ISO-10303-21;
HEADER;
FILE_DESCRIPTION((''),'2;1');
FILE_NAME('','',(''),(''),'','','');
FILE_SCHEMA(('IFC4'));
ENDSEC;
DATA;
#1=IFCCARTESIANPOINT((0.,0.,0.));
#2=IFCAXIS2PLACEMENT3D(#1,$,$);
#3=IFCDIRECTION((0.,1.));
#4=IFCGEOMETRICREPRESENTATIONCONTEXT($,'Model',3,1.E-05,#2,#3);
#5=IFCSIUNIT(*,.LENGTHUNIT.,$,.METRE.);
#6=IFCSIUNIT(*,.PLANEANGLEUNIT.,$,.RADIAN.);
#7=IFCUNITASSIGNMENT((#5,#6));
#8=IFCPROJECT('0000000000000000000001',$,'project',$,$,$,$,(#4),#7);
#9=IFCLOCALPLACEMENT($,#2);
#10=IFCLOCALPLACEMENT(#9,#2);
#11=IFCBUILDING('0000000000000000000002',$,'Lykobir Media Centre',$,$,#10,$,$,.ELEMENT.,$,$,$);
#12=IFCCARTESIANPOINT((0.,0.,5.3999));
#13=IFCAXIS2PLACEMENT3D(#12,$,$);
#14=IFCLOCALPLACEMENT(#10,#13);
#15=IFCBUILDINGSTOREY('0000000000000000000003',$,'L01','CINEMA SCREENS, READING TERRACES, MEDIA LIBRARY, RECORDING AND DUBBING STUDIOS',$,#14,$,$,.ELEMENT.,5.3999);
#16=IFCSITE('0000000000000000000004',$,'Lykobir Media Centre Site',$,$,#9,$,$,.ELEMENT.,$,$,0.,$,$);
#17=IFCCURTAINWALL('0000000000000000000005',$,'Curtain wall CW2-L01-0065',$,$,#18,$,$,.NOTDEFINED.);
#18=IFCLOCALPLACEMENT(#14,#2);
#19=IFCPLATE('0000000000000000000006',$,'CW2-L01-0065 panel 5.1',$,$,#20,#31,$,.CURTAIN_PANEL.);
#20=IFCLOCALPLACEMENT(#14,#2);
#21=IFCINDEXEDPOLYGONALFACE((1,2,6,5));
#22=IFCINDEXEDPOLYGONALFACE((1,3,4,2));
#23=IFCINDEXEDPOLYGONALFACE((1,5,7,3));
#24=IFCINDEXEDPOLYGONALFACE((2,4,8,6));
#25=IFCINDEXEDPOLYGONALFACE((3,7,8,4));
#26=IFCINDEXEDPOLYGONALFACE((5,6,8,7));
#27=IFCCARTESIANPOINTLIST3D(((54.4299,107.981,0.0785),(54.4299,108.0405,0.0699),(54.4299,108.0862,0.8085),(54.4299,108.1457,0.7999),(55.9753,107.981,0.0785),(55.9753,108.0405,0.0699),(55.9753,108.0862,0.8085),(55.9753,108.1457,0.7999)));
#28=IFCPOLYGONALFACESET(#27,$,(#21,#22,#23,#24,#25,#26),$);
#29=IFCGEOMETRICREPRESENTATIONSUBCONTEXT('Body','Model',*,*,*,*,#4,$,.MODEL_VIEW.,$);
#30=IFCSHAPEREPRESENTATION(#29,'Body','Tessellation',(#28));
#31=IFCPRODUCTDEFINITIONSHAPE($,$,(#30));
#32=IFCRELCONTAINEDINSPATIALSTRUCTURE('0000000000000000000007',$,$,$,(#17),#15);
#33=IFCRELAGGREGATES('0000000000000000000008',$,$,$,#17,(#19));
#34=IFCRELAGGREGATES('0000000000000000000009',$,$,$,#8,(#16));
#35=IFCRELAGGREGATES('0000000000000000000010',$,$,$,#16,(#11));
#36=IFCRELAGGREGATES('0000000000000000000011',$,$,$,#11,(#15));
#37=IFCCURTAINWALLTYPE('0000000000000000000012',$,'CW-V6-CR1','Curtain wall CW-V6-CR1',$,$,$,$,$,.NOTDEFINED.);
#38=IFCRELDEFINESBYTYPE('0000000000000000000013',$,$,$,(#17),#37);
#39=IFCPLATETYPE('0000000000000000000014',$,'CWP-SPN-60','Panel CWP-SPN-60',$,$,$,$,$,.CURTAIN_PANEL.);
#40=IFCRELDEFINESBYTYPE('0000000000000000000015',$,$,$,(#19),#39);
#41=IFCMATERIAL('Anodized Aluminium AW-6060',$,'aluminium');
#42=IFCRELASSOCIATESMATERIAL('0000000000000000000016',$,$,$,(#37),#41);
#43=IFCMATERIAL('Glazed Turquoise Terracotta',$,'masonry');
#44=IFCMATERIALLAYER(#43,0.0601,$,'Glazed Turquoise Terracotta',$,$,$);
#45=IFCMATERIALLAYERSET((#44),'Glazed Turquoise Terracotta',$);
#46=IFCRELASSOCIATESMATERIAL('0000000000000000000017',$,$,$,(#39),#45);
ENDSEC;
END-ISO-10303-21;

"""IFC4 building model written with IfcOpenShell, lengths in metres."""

from ifc_helpers import new_model, si_unit, direction, frame, origin, origin_2d, place, context, subcontext, project, spatial, rectangle, extrude, material, layer, layer_set, type_object, element, aggregate, save


model = new_model("IFC4")

# Units and contexts
model_context = context("Model", 3, precision=1e-05, world=origin(), true_north=direction((0.0, 1.0)))
body_context = subcontext(model_context, "Body", "Model", "MODEL_VIEW")
ifc_project = project(units=[si_unit("LENGTHUNIT", "METRE"), si_unit("PLANEANGLEUNIT", "RADIAN")], contexts=[model_context])

# Site, building, storey
site_placement = place(None, origin())
site = spatial("IfcSite", under=ifc_project, at=site_placement, Name="Lykobir Media Centre Site", CompositionType="ELEMENT", RefElevation=0.0)
building_placement = place(site_placement, origin())
building = spatial("IfcBuilding", under=site, at=building_placement, Name="Lykobir Media Centre", CompositionType="ELEMENT")
storey_placement = place(building_placement, frame((0.0, 0.0, 5.3999)))
storey = spatial("IfcBuildingStorey", under=building, at=storey_placement, Name="L01", Description="CINEMA SCREENS, READING TERRACES, MEDIA LIBRARY, RECORDING AND DUBBING STUDIOS", CompositionType="ELEMENT", Elevation=5.3999)

# Curtain wall
ifc_material_1 = material(Name="Anodized Aluminium AW-6060", Category="aluminium")
curtain_wall_type = type_object("IfcCurtainWallType", Name="CW-V6-CR1", Description="Curtain wall CW-V6-CR1", PredefinedType="NOTDEFINED", material=ifc_material_1)
curtain_wall_1_placement = place(storey_placement, origin())
curtain_wall_1 = element("IfcCurtainWall", 1, at=curtain_wall_1_placement, inside=storey, type_object=curtain_wall_type, Name="Curtain wall CW2-L01-0065", PredefinedType="NOTDEFINED")

# Plate
ifc_material_2 = material(Name="Glazed Turquoise Terracotta", Category="masonry")
ifc_layer_1 = layer(ifc_material_2, 0.0601, Name="Glazed Turquoise Terracotta")
ifc_layer_set_1 = layer_set([ifc_layer_1], Name="Glazed Turquoise Terracotta")
plate_type_1 = type_object("IfcPlateType", Name="CWP-SPN-60", Description="Panel CWP-SPN-60", PredefinedType="CURTAIN_PANEL", material=ifc_layer_set_1)
plate_1_placement = place(storey_placement, frame((55.2026, 108.0107, 0.0742), z_axis=(0.0, 0.142629, 0.989776), x_axis=(-1.0, 0.0, 0.0)))
plate_1 = element("IfcPlate", 2, at=plate_1_placement, type_object=plate_type_1, Name="CW2-L01-0065 panel 5.1", PredefinedType="CURTAIN_PANEL", context=body_context, shape_type="SweptSolid", body=[
    extrude(rectangle(XDim=1.5454, YDim=0.0601, at=origin_2d()), origin(), (0.0, 0.0, 1.0), 0.7375),
])
aggregate(curtain_wall_1, [plate_1])

save(model, "model.ifc")
